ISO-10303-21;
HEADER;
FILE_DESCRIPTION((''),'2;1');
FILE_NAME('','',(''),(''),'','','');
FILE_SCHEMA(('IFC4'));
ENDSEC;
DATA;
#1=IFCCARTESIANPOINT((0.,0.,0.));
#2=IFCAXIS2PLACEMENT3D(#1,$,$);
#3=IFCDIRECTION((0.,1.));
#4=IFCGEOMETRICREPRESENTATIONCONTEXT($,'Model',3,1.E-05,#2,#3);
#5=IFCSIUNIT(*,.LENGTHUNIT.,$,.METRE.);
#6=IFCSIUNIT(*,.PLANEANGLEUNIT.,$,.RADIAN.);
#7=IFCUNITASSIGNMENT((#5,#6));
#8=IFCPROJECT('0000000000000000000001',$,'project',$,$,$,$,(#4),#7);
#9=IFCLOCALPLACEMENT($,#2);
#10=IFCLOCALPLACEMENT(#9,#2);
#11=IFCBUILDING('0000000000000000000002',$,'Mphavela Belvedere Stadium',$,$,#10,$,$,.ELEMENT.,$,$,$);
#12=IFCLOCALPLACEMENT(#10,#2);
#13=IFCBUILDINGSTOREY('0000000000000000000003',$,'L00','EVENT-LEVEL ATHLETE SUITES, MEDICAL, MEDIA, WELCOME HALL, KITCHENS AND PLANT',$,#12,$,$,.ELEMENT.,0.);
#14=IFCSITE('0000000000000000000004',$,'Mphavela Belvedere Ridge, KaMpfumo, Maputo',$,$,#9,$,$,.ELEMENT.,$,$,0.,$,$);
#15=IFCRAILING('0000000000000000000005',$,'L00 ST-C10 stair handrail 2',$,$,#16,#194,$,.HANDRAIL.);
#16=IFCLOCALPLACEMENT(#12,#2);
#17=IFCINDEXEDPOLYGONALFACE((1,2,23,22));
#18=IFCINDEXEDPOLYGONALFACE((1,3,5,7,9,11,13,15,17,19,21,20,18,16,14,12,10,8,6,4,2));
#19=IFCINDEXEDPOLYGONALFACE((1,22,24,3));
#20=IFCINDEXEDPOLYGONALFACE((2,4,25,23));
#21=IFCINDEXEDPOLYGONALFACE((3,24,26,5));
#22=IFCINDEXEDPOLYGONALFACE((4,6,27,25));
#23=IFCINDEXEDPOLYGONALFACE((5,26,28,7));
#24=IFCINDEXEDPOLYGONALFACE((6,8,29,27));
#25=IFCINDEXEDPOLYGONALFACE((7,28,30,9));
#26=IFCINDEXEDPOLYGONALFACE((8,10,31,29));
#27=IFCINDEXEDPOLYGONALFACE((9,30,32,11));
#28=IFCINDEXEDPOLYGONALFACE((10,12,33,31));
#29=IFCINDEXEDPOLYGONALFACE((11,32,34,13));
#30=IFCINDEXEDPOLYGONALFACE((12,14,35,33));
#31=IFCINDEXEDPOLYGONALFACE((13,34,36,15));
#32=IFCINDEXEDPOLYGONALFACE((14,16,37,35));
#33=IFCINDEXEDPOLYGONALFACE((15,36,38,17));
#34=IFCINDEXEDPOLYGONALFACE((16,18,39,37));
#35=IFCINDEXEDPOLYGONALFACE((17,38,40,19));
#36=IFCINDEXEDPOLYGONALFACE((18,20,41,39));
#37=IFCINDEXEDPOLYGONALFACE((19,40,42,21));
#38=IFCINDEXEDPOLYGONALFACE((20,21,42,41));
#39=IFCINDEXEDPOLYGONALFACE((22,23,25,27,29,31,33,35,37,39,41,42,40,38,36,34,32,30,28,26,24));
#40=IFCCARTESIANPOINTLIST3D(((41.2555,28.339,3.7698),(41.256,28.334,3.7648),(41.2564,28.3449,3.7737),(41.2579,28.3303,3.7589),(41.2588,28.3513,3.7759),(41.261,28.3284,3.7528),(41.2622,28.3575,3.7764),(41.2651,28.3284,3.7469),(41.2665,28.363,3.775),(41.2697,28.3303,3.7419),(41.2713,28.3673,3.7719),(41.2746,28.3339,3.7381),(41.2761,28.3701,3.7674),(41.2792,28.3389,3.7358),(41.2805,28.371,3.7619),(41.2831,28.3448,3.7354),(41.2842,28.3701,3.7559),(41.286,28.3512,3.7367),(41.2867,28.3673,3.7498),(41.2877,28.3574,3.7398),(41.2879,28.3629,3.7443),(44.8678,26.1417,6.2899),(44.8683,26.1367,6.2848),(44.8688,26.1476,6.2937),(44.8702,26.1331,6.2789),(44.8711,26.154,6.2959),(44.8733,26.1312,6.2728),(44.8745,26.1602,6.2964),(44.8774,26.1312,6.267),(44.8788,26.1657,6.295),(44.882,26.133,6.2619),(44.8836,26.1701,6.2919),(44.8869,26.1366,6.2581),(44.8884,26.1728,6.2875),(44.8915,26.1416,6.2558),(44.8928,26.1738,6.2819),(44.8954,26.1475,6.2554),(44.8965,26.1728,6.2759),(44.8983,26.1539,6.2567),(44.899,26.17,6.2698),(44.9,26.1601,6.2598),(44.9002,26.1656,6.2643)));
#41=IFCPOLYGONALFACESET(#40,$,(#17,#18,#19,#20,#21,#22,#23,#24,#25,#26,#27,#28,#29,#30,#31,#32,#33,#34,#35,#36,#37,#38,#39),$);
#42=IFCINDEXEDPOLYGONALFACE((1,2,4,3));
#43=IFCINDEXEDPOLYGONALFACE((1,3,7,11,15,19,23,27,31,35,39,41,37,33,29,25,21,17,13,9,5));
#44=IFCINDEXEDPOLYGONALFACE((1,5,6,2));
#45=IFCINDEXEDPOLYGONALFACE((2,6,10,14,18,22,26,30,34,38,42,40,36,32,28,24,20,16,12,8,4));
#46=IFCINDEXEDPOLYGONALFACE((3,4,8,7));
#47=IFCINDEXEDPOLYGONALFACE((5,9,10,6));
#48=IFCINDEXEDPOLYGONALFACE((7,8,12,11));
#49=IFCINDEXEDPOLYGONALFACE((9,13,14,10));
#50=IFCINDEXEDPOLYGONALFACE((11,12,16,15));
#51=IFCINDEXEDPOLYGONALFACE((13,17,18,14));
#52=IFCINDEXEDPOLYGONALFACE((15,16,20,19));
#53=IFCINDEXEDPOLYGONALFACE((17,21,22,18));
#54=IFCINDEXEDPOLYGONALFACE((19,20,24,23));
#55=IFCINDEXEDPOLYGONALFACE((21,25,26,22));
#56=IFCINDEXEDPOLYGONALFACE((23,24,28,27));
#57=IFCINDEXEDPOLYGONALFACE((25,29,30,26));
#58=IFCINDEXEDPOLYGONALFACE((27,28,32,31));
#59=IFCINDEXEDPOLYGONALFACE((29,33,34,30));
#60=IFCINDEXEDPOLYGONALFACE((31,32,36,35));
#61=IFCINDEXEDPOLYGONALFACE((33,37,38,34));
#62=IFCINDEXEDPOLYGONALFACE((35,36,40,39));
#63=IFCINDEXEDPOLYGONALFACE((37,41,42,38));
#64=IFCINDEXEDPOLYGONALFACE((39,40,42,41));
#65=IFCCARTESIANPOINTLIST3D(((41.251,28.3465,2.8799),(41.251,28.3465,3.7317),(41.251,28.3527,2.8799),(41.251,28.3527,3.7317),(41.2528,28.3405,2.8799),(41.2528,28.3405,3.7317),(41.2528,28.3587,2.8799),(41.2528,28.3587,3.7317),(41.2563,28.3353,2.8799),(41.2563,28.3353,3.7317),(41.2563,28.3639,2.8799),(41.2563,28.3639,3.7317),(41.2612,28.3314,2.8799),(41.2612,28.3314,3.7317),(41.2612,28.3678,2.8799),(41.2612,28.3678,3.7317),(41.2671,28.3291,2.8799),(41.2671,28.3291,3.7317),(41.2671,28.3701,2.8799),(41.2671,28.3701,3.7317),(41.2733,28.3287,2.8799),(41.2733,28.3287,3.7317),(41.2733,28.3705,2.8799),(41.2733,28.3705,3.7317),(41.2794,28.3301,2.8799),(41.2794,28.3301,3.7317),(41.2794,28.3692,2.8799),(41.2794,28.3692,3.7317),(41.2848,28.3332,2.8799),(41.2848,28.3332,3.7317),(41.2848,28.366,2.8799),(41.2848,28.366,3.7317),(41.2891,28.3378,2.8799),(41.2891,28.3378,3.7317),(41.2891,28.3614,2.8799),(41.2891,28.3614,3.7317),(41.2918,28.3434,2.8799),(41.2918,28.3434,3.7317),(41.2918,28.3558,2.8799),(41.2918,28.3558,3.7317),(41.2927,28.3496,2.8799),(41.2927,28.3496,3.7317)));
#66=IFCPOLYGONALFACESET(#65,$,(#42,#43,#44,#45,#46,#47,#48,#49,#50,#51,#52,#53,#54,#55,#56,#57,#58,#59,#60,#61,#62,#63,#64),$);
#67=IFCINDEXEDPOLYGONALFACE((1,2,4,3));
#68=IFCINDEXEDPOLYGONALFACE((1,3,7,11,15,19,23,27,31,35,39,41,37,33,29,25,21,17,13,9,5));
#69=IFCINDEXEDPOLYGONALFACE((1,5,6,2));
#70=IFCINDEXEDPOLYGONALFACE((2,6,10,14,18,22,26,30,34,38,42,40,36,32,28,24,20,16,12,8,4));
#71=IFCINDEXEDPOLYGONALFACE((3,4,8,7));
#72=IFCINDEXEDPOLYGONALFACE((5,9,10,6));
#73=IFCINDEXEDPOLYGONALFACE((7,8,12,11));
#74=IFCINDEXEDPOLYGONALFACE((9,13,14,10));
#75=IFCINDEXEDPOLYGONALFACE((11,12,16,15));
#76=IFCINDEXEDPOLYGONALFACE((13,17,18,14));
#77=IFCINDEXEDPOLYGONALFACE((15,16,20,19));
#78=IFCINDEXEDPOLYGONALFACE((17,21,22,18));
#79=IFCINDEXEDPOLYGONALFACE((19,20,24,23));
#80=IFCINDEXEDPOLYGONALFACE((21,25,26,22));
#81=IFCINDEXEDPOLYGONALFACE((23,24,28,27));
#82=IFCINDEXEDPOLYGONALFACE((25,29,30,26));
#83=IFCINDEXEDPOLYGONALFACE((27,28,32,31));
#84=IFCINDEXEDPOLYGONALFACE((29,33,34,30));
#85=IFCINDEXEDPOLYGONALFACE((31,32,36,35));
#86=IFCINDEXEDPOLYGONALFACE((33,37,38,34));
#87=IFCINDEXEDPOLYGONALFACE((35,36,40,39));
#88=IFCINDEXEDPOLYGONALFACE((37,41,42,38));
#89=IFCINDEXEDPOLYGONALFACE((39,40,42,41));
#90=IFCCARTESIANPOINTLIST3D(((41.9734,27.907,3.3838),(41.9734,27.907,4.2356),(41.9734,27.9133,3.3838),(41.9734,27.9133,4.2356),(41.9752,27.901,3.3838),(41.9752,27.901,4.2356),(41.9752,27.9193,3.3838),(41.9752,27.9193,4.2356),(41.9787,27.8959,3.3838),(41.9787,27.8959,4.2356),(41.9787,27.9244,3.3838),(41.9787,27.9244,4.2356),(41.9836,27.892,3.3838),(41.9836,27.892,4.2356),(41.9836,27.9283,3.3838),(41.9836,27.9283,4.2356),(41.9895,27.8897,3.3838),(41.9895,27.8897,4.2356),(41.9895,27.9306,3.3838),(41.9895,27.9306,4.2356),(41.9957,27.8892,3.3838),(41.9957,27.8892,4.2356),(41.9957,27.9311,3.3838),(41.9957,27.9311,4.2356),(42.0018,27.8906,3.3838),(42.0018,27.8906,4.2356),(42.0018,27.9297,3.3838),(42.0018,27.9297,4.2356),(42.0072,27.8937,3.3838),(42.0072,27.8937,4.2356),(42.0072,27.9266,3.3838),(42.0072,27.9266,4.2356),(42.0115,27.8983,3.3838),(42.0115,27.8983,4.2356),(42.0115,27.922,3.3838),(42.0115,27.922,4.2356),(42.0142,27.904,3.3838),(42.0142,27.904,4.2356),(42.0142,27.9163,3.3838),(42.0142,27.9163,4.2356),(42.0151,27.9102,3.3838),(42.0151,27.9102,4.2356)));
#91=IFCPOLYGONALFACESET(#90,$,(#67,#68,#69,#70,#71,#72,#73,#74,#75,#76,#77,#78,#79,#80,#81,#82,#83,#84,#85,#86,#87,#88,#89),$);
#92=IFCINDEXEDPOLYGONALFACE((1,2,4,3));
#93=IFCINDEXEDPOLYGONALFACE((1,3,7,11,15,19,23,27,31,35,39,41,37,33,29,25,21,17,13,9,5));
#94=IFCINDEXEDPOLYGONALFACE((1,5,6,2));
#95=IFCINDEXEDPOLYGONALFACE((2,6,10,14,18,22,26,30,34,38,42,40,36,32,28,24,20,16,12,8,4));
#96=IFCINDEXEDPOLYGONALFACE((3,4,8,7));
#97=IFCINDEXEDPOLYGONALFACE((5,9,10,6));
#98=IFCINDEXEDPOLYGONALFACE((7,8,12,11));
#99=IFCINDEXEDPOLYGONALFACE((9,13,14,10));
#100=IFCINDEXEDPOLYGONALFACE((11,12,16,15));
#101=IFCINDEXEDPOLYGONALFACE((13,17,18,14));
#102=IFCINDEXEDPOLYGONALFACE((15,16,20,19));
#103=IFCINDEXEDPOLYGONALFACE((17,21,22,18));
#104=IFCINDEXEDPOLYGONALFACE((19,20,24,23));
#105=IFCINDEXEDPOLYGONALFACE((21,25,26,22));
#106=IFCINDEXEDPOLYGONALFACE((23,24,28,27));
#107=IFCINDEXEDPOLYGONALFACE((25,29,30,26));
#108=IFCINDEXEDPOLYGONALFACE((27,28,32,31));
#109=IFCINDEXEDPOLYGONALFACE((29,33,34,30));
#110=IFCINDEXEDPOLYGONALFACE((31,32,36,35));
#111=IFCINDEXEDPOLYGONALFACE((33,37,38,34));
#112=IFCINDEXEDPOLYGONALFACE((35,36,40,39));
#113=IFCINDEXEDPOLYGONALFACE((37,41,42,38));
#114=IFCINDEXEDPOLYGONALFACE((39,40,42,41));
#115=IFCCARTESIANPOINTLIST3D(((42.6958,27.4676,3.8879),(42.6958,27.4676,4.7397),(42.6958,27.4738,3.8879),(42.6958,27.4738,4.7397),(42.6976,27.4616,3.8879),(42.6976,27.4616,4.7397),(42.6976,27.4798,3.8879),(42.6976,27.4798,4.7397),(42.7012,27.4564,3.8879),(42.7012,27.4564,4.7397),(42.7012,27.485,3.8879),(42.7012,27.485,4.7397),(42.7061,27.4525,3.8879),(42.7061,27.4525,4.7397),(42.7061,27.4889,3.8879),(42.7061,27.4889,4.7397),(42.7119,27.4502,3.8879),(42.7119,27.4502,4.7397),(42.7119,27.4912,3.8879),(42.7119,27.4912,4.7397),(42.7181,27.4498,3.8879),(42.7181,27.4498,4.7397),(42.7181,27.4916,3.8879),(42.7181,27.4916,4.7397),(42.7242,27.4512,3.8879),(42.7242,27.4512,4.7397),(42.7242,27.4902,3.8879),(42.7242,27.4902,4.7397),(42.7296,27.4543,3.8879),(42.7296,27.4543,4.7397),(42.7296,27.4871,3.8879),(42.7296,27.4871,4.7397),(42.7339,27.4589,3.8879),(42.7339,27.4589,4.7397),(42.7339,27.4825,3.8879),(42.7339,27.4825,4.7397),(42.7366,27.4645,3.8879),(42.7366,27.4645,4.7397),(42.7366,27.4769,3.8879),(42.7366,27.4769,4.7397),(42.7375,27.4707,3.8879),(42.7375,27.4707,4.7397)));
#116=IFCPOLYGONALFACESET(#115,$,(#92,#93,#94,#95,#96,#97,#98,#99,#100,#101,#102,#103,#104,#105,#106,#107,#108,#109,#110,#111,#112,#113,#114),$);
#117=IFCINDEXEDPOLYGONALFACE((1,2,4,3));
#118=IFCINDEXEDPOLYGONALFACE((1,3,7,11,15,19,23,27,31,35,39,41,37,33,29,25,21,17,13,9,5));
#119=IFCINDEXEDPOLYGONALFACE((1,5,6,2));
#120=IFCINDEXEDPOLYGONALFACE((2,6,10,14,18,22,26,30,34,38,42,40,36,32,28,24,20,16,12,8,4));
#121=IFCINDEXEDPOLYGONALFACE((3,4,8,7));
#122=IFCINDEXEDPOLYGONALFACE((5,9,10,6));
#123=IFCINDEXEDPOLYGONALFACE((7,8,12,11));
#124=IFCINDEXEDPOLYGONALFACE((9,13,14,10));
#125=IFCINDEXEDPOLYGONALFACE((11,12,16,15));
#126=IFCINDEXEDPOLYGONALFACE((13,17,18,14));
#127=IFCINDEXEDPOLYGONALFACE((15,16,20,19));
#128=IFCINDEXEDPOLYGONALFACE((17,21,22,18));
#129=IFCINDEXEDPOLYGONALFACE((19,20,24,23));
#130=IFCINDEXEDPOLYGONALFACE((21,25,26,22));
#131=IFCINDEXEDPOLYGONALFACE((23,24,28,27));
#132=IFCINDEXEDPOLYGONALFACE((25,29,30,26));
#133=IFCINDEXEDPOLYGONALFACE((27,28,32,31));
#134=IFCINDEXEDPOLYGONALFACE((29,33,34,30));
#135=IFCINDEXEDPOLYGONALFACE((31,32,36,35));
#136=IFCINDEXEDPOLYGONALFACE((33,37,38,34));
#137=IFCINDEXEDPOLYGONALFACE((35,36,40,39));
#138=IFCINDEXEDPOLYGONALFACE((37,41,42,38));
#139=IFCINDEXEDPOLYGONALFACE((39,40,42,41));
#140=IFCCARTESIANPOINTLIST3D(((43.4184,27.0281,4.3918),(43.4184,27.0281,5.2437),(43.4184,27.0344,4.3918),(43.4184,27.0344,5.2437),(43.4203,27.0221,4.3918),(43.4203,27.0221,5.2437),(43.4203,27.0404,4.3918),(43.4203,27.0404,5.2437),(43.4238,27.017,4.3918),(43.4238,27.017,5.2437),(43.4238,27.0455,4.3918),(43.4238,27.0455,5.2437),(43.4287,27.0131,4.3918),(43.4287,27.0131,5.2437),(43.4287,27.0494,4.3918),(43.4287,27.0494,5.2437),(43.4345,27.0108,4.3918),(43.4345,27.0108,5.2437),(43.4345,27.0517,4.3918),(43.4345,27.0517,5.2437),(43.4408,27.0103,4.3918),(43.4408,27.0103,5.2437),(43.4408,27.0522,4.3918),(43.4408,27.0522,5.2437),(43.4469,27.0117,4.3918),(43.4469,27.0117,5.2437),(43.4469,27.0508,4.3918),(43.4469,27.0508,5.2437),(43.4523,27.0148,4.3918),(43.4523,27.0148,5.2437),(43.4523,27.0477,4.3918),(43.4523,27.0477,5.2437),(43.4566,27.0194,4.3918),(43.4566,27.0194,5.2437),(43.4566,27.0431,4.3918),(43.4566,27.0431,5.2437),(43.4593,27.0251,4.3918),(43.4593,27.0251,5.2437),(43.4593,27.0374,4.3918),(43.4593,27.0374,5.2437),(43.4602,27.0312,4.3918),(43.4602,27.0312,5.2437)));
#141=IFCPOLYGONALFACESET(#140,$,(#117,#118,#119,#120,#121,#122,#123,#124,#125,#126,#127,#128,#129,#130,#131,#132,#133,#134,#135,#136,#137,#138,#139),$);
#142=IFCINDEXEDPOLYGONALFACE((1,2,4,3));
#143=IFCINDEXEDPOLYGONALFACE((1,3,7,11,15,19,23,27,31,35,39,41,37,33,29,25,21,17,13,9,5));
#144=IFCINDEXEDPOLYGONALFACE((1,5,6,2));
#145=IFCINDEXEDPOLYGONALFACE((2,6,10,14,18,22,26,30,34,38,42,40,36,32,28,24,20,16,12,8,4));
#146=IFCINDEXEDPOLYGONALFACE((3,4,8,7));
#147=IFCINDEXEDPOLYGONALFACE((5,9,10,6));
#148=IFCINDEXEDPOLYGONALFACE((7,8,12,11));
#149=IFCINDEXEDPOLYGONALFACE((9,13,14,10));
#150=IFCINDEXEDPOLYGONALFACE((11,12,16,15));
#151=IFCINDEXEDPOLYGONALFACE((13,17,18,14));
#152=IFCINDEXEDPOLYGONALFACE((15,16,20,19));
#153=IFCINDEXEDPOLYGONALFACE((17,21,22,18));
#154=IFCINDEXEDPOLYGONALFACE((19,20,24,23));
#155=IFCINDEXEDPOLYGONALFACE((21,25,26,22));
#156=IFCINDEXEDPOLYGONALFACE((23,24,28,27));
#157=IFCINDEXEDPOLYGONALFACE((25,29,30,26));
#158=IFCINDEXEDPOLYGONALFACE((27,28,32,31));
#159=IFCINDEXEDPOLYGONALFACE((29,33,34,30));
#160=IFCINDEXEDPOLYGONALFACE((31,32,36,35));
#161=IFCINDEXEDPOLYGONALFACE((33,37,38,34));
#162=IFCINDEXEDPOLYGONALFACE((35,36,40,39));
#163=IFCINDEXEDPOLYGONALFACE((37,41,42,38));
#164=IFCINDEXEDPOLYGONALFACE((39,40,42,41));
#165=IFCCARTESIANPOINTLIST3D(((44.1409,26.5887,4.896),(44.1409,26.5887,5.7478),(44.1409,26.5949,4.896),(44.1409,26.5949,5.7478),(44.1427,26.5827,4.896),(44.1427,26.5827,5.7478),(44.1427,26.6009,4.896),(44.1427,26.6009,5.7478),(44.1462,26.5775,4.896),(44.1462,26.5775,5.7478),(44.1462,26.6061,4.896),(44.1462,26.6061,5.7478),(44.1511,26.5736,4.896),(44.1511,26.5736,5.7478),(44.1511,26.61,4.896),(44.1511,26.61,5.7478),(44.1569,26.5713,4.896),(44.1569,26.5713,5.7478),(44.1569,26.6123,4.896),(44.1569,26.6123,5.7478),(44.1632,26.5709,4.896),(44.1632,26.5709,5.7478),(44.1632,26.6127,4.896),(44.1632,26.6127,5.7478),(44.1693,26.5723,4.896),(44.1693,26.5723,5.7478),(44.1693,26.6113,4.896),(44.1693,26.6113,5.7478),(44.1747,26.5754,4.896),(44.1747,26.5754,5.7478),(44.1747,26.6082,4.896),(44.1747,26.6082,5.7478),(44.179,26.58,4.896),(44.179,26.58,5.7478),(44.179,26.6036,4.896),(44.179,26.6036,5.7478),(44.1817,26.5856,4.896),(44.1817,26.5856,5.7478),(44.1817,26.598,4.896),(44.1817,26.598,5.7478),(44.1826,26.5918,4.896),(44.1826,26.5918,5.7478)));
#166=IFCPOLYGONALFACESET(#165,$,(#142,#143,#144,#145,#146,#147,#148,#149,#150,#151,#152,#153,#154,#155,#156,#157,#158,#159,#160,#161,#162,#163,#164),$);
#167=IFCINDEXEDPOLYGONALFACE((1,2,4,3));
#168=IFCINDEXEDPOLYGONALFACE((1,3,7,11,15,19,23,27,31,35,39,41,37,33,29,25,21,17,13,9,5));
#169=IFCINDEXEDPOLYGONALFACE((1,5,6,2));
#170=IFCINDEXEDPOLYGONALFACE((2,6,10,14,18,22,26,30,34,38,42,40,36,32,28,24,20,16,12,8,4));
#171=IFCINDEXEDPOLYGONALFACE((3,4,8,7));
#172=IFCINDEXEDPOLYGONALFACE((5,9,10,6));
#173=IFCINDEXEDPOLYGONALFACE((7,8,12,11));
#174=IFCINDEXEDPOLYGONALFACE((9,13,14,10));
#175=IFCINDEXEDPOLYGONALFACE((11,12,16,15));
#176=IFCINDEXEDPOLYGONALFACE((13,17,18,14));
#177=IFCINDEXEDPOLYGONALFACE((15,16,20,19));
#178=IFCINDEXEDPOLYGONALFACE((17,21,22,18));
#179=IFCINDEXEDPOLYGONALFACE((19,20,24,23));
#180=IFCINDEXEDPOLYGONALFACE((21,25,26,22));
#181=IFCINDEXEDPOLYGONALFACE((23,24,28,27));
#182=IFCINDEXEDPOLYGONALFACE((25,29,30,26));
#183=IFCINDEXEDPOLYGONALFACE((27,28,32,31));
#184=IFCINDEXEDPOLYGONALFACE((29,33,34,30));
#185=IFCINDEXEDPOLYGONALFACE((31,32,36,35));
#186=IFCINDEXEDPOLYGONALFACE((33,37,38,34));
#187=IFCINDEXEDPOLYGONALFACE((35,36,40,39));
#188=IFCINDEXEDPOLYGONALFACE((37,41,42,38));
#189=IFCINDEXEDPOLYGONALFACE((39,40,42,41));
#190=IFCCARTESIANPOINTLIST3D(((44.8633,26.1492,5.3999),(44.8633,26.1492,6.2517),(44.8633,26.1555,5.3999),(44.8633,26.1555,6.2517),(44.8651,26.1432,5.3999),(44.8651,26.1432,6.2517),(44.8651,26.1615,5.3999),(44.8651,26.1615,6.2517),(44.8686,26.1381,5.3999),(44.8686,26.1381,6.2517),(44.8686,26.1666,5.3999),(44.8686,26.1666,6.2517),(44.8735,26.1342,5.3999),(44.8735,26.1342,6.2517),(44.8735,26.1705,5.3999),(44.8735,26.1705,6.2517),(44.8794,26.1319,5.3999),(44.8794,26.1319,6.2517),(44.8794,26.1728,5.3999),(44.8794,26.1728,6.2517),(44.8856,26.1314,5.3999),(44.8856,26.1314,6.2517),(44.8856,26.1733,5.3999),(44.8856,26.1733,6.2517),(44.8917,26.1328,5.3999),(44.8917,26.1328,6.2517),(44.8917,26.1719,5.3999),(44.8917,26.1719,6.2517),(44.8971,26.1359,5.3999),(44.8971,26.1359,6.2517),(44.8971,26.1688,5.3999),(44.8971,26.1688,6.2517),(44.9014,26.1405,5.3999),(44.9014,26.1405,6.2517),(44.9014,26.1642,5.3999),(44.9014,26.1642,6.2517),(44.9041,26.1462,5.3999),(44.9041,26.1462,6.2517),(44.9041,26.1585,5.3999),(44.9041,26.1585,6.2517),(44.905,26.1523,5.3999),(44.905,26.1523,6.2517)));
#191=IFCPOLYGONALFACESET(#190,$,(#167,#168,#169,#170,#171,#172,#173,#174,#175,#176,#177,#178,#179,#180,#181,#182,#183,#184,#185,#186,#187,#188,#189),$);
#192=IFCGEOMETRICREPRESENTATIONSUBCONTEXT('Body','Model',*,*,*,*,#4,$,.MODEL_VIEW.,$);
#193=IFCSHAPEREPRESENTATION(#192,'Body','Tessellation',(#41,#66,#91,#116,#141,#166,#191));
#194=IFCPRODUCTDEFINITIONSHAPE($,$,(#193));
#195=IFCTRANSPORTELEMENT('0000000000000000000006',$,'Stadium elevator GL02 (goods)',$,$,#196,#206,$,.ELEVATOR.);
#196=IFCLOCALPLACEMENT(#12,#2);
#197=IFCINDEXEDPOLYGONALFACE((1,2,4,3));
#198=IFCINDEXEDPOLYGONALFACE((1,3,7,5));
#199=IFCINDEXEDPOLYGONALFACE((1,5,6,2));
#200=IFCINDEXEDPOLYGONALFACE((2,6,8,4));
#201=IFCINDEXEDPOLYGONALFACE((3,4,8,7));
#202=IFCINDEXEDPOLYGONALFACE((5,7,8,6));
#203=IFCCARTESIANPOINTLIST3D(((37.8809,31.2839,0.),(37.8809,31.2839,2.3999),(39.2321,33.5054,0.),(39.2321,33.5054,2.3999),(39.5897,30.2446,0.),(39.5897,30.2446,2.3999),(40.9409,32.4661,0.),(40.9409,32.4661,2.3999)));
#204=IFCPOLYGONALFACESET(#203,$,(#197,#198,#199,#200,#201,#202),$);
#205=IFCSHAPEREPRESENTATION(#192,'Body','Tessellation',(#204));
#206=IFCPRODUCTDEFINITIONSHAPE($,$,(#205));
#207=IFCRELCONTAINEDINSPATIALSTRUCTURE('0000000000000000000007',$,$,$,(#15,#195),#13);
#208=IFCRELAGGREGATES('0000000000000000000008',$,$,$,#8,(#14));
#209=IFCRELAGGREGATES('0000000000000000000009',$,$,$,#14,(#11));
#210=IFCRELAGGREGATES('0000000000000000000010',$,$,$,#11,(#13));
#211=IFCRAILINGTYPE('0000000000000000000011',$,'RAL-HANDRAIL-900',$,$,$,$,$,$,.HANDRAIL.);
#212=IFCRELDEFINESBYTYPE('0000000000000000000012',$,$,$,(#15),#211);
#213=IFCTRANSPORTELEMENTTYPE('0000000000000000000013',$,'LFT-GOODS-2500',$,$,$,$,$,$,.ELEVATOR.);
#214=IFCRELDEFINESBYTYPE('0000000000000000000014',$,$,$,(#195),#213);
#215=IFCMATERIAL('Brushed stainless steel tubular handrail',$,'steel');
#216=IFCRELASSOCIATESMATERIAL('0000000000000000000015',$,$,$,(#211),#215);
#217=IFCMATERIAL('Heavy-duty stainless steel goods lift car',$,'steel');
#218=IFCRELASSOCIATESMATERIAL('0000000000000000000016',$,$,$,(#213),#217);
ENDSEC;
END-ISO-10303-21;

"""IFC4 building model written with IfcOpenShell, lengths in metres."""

from ifc_helpers import new_model, si_unit, direction, frame, origin, origin_2d, place, context, subcontext, project, spatial, rectangle, circle, extrude, material, type_object, element, save


model = new_model("IFC4")

# Units and contexts
model_context = context("Model", 3, precision=1e-05, world=origin(), true_north=direction((0.0, 1.0)))
body_context = subcontext(model_context, "Body", "Model", "MODEL_VIEW")
ifc_project = project(units=[si_unit("LENGTHUNIT", "METRE"), si_unit("PLANEANGLEUNIT", "RADIAN")], contexts=[model_context])

# Site, building, storey
site_placement = place(None, origin())
site = spatial("IfcSite", under=ifc_project, at=site_placement, Name="Mphavela Belvedere Ridge, KaMpfumo, Maputo", CompositionType="ELEMENT", RefElevation=0.0)
building_placement = place(site_placement, origin())
building = spatial("IfcBuilding", under=site, at=building_placement, Name="Mphavela Belvedere Stadium", CompositionType="ELEMENT")
storey_placement = place(building_placement, origin())
storey = spatial("IfcBuildingStorey", under=building, at=storey_placement, Name="L00", Description="EVENT-LEVEL ATHLETE SUITES, MEDICAL, MEDIA, WELCOME HALL, KITCHENS AND PLANT", CompositionType="ELEMENT", Elevation=0.0)

# Railing
ifc_material_1 = material(Name="Brushed stainless steel tubular handrail", Category="steel")
railing_type_1 = type_object("IfcRailingType", Name="RAL-HANDRAIL-900", PredefinedType="HANDRAIL", material=ifc_material_1)
railing_1_placement = place(storey_placement, frame((41.2717, 28.3496, 2.8799)))
element("IfcRailing", 1, at=railing_1_placement, inside=storey, type_object=railing_type_1, Name="L00 ST-C10 stair handrail 2", PredefinedType="HANDRAIL", context=body_context, shape_type="SweptSolid", body=[
    extrude(circle(Radius=0.0239, at=origin_2d()), frame((0.0, 0.0, 0.876), z_axis=(0.733893, -0.446407, 0.511979), x_axis=(0.519683, 0.854359, 0.0)), (0.0, 0.0, 1.0), 4.9221),
    extrude(circle(Radius=0.021, at=origin_2d()), origin(), (0.0, 0.0, 1.0), 0.8518),
    extrude(circle(Radius=0.021, at=origin_2d()), frame((0.7224, -0.4395, 0.5039)), (0.0, 0.0, 1.0), 0.8518),
    extrude(circle(Radius=0.021, at=origin_2d()), frame((1.4448, -0.8789, 1.0081)), (0.0, 0.0, 1.0), 0.8518),
    extrude(circle(Radius=0.021, at=origin_2d()), frame((2.1675, -1.3184, 1.512)), (0.0, 0.0, 1.0), 0.8518),
    extrude(circle(Radius=0.021, at=origin_2d()), frame((2.8899, -1.7578, 2.0161)), (0.0, 0.0, 1.0), 0.8518),
    extrude(circle(Radius=0.021, at=origin_2d()), frame((3.6123, -2.1973, 2.52)), (0.0, 0.0, 1.0), 0.8518),
])

# Transport element
ifc_material_2 = material(Name="Heavy-duty stainless steel goods lift car", Category="steel")
transport_element_type = type_object("IfcTransportElementType", Name="LFT-GOODS-2500", PredefinedType="ELEVATOR", material=ifc_material_2)
transport_element_placement = place(storey_placement, frame((39.4109, 31.875, 0.0), z_axis=(0.0, 0.0, 1.0), x_axis=(-0.854368, 0.519668, 0.0)))
element("IfcTransportElement", 2, at=transport_element_placement, inside=storey, type_object=transport_element_type, Name="Stadium elevator GL02 (goods)", PredefinedType="ELEVATOR", context=body_context, shape_type="SweptSolid", body=[
    extrude(rectangle(XDim=2.0, YDim=2.6001, at=origin_2d()), origin(), (0.0, 0.0, 1.0), 2.3999),
])

save(model, "model.ifc")
